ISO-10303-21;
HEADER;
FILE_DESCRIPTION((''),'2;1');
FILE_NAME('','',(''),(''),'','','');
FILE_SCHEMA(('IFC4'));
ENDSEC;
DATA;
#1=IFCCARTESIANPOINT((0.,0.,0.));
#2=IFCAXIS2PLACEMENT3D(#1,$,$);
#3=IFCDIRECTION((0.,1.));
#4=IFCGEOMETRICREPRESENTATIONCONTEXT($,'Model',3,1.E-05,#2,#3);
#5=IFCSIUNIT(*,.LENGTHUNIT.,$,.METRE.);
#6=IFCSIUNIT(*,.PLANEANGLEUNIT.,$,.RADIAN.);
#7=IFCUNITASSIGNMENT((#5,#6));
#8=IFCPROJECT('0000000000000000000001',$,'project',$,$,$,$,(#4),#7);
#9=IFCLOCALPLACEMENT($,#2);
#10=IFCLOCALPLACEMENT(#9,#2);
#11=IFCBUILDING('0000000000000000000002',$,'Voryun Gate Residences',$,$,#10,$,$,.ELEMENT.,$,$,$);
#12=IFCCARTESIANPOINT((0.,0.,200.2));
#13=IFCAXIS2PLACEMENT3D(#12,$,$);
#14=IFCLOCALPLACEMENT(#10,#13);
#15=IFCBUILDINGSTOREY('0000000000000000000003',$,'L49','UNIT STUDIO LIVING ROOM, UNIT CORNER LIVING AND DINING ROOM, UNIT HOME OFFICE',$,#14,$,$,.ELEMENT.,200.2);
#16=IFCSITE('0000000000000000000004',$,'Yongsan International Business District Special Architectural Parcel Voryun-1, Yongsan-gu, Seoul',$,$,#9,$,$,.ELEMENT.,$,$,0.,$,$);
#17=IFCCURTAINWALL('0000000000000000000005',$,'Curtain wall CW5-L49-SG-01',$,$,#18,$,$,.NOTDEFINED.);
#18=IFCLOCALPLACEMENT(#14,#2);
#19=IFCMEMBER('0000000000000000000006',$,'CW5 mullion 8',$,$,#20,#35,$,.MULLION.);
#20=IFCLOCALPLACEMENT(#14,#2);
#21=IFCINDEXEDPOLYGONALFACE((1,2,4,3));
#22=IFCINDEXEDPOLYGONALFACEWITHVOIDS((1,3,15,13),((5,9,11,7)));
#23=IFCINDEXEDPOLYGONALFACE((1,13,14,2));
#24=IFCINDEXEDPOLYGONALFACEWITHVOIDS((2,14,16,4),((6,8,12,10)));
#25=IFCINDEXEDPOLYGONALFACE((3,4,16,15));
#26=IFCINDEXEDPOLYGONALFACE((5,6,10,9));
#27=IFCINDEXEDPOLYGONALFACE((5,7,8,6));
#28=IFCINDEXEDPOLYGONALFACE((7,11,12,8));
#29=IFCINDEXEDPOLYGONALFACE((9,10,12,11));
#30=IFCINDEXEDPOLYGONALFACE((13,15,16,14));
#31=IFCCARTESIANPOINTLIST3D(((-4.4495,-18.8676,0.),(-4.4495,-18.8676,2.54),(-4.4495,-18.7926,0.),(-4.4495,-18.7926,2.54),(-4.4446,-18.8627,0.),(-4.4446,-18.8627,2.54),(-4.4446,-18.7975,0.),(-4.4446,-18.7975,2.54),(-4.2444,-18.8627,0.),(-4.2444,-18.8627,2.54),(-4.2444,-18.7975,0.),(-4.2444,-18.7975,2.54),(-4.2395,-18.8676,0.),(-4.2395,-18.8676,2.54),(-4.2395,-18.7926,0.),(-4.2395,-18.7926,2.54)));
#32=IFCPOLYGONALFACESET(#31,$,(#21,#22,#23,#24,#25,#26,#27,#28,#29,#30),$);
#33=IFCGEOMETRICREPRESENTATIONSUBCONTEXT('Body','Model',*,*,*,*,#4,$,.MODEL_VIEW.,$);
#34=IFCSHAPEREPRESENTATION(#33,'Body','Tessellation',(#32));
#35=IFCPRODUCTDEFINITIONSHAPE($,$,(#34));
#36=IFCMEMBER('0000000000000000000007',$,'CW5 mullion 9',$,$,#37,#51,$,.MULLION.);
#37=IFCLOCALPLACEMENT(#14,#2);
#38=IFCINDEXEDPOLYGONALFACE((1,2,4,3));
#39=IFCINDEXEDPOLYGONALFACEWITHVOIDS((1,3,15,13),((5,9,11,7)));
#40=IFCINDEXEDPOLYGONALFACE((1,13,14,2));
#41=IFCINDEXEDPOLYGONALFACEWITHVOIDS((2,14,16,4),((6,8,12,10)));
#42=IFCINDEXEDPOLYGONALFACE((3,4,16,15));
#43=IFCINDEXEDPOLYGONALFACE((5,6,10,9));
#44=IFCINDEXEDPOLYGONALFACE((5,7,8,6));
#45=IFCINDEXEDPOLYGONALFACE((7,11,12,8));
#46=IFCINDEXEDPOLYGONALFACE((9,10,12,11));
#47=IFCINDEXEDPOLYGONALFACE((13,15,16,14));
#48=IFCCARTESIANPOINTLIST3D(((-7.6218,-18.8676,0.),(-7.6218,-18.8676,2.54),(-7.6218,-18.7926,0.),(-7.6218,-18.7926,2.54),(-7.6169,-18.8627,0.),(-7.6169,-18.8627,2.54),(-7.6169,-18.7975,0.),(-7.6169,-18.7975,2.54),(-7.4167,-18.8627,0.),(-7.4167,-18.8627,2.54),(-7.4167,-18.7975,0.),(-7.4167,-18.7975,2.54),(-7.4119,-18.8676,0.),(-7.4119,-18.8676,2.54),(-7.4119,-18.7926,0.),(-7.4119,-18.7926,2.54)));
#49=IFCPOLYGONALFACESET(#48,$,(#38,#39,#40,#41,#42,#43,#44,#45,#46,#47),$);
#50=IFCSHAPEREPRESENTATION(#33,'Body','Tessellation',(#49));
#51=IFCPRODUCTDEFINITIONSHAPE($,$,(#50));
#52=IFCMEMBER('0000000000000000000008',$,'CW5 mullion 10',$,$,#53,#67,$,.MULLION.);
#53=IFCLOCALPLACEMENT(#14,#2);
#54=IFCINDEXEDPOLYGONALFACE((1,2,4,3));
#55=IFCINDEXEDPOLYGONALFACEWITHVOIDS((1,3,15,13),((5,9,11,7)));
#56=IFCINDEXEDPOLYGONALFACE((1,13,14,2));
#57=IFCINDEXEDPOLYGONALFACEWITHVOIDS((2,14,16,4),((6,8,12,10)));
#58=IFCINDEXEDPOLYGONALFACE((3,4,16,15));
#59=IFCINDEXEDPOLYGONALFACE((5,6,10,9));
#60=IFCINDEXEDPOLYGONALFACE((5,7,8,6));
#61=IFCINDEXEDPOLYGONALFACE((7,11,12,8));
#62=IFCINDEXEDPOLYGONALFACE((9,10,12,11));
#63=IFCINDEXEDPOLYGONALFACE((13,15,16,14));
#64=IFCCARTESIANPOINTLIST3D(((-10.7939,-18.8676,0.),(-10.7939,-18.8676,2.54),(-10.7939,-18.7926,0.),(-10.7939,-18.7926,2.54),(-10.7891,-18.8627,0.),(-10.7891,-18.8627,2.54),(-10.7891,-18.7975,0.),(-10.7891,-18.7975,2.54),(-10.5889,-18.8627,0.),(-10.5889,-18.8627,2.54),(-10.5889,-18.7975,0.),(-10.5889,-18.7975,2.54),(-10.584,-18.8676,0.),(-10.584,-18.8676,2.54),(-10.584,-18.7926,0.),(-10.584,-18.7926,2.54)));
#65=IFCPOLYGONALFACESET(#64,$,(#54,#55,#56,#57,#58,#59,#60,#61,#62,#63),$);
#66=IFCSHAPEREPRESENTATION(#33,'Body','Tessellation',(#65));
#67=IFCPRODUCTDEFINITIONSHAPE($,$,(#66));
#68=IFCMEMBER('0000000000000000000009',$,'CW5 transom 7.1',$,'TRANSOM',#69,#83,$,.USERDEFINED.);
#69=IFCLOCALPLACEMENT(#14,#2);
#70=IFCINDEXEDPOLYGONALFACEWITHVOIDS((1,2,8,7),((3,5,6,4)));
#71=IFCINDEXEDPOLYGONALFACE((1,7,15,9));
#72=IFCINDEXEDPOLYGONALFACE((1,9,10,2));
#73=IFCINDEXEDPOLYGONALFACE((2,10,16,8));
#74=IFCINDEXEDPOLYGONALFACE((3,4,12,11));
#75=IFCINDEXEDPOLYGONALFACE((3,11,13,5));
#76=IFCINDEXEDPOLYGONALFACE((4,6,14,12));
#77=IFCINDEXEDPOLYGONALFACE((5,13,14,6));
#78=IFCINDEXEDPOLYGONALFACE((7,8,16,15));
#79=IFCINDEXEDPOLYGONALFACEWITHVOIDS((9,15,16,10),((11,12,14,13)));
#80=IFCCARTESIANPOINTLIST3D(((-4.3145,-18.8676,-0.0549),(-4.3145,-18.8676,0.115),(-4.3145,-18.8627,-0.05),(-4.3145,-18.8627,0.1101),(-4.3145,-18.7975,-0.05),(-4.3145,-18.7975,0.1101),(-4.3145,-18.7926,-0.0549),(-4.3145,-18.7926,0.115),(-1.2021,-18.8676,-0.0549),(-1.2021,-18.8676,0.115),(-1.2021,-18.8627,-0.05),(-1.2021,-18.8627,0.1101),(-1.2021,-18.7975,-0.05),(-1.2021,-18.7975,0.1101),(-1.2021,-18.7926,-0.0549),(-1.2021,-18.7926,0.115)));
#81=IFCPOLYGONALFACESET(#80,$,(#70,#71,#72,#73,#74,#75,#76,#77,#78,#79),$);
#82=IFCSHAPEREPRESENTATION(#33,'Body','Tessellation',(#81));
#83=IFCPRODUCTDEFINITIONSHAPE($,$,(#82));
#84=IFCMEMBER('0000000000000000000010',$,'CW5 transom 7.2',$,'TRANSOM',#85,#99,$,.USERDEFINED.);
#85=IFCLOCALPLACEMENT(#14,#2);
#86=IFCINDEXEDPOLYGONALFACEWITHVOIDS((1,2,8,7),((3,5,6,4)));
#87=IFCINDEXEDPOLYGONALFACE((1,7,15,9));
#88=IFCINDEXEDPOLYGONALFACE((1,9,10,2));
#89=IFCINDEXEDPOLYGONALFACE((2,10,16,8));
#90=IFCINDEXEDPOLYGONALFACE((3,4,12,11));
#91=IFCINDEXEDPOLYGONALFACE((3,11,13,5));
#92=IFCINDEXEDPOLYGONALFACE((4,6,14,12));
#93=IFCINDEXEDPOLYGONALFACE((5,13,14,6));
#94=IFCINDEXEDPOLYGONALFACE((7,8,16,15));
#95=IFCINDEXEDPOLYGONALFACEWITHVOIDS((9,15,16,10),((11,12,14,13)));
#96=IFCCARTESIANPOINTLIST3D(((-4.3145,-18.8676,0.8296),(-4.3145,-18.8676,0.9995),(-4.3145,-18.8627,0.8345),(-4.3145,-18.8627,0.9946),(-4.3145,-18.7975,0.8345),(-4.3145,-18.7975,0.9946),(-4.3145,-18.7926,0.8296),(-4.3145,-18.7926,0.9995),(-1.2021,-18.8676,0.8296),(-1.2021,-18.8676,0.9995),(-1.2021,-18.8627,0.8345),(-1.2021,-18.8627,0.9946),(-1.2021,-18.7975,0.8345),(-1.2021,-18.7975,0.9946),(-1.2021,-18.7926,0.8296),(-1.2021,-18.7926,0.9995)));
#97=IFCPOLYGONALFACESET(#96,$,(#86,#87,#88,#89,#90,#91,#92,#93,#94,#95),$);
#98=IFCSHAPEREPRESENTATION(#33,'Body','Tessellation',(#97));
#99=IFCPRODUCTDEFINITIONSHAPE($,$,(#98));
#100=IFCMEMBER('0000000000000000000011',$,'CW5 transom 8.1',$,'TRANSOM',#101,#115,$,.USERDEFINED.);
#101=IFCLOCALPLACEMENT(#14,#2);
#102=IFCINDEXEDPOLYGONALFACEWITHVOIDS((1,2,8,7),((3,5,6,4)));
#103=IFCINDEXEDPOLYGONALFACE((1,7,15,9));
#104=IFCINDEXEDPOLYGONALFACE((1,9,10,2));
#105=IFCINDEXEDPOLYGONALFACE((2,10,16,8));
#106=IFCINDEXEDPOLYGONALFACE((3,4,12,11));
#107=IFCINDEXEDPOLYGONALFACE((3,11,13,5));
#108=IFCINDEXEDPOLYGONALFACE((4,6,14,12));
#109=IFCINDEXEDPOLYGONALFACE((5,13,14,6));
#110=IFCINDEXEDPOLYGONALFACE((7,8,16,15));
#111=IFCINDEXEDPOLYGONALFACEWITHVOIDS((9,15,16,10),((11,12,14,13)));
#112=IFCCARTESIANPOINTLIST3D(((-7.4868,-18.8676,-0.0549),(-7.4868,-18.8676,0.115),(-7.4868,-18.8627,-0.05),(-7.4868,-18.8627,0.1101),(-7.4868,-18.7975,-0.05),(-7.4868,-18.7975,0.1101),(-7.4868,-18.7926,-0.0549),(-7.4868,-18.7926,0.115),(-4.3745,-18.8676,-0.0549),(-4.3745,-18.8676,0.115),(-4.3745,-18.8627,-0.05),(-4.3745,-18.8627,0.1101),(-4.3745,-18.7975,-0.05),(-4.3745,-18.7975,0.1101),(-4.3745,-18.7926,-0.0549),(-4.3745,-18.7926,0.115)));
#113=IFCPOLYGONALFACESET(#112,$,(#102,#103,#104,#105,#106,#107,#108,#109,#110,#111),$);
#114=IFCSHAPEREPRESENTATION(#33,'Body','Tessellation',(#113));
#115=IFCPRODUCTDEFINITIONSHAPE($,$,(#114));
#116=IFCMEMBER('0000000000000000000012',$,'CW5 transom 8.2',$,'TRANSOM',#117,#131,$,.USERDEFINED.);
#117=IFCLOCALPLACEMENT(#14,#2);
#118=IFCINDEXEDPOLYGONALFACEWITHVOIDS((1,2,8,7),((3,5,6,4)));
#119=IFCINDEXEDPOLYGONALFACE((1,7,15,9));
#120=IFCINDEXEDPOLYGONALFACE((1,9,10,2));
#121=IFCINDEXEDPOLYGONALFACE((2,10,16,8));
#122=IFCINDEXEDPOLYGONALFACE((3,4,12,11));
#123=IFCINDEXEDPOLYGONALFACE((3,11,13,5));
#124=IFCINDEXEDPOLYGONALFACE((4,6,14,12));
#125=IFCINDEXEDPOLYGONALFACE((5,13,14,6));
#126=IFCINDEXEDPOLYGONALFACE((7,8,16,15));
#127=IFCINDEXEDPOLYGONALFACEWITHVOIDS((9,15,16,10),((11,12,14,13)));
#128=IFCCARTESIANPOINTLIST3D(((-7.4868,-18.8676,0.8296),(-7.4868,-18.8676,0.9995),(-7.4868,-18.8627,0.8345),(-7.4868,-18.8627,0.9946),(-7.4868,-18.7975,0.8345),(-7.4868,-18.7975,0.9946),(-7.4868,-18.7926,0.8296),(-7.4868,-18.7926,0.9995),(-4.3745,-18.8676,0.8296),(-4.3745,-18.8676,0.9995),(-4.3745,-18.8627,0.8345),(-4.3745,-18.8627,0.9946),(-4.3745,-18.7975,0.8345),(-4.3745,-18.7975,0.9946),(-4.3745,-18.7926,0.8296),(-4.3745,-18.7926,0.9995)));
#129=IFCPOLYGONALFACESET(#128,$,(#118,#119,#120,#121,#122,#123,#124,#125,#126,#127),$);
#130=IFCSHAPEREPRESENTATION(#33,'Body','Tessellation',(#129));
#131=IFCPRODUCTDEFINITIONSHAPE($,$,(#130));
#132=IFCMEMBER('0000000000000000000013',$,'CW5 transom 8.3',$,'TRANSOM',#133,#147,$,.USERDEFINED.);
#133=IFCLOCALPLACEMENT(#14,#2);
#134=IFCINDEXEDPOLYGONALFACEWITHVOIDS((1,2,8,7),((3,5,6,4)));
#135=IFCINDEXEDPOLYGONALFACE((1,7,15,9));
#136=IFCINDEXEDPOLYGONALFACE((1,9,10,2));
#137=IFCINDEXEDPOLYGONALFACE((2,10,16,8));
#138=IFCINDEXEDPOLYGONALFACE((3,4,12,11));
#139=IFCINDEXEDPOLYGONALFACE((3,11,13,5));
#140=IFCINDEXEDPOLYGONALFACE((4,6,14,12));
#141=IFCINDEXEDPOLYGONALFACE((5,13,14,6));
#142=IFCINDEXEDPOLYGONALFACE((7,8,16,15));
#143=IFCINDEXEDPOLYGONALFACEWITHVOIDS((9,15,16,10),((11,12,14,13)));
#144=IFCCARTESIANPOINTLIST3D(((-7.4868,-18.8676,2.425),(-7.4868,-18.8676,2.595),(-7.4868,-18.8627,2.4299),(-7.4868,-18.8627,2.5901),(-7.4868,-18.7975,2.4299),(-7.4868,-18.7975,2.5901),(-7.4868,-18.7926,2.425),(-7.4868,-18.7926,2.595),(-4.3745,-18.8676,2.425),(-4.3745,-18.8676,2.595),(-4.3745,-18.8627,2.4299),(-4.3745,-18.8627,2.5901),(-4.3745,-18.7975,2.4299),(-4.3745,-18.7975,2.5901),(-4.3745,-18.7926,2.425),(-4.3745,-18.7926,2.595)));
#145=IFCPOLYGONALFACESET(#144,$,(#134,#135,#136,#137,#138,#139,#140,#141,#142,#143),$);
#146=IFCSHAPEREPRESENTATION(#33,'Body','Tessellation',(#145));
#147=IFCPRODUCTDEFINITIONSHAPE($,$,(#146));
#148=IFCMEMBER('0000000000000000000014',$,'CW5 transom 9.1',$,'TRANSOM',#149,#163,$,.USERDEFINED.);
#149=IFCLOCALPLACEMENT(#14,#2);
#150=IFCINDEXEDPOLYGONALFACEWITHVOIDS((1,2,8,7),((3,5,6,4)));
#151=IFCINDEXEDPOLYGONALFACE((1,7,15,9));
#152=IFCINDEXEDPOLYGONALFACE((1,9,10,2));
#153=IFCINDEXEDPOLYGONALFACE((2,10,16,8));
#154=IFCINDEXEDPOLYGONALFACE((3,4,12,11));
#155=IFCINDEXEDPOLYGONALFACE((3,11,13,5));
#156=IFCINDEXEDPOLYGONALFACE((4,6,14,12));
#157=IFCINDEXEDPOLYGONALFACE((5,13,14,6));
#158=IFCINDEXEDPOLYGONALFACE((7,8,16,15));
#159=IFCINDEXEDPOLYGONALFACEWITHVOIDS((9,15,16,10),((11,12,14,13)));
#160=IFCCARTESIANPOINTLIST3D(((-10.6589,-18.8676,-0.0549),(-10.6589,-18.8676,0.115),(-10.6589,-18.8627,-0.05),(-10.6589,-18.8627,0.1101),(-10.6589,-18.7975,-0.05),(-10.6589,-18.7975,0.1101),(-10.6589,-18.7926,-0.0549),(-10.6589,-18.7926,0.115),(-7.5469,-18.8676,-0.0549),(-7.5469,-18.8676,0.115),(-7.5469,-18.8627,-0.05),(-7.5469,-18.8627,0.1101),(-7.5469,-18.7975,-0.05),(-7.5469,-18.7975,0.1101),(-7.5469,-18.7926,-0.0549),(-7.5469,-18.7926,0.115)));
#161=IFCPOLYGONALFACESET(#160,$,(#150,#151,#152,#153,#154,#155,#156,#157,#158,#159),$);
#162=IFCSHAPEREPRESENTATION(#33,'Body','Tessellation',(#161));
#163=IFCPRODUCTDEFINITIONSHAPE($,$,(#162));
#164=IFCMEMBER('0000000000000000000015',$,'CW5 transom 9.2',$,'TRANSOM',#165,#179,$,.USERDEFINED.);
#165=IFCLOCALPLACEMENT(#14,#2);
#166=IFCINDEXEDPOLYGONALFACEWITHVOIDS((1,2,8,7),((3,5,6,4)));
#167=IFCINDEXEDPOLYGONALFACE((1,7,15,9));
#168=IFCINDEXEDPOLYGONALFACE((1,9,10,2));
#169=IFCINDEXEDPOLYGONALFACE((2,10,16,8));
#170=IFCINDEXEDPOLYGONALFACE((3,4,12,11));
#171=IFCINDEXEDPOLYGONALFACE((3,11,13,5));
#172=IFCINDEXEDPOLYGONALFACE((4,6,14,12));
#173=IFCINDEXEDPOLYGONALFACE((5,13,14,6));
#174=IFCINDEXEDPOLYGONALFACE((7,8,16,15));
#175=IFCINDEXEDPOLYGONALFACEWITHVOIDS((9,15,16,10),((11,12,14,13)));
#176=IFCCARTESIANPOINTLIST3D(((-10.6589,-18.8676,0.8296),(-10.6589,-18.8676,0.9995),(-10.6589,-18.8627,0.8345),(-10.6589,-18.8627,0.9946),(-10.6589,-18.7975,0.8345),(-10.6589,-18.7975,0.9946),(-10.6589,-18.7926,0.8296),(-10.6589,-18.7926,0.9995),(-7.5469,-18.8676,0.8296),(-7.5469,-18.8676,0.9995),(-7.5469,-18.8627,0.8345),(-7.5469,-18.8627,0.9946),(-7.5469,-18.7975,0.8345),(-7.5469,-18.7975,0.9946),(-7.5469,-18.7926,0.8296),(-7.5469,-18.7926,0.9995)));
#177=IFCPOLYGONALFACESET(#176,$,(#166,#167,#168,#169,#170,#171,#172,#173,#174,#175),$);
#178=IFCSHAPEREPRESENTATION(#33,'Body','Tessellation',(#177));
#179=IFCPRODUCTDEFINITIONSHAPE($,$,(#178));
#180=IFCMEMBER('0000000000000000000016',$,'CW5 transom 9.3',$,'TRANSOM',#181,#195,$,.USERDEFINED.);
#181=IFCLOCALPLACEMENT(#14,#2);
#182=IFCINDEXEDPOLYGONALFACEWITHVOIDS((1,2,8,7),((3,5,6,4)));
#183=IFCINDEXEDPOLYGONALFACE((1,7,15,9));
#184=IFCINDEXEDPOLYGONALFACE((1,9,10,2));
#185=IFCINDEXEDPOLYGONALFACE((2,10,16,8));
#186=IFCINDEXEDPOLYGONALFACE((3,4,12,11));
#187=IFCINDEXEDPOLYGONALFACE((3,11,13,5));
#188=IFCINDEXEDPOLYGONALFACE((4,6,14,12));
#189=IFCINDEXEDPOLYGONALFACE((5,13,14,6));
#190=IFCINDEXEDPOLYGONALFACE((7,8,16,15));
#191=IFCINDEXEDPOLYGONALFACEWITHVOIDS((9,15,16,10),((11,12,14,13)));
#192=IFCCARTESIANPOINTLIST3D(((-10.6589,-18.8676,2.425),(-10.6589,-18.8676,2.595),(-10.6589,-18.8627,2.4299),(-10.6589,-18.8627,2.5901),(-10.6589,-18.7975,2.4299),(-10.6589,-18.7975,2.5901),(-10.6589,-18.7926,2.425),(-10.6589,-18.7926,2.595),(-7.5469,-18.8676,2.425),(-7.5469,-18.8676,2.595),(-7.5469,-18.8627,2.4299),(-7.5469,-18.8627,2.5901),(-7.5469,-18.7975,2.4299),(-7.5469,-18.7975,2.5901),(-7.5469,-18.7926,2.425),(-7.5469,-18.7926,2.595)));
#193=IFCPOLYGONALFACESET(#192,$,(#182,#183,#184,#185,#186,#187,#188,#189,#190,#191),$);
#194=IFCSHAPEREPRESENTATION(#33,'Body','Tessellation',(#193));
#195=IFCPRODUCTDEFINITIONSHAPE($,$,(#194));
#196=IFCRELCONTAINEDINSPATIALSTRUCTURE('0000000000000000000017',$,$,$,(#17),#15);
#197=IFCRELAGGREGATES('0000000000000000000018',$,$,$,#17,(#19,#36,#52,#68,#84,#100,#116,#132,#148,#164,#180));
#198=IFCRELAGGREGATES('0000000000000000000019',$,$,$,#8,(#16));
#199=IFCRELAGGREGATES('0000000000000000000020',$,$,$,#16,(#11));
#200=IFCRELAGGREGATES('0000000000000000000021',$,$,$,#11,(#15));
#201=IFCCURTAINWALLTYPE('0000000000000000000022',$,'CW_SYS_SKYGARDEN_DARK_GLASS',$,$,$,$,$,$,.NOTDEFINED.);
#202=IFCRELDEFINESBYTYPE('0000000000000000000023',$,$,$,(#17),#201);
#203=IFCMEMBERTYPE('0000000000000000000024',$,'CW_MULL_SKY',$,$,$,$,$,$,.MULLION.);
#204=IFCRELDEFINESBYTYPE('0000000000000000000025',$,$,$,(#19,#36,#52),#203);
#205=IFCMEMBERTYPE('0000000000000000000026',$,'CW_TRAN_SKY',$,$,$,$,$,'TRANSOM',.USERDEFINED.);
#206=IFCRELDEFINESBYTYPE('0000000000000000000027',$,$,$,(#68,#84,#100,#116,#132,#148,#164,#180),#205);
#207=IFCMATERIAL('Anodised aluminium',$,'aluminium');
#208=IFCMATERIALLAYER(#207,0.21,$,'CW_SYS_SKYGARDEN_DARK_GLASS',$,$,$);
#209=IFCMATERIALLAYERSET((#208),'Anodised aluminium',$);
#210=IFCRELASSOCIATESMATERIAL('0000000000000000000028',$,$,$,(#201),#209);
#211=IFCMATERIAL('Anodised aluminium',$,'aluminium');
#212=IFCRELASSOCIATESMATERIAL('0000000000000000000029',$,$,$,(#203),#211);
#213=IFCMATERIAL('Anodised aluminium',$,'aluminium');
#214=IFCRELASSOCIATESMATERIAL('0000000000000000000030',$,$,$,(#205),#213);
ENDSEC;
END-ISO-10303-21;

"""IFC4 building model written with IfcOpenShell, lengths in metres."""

from ifc_helpers import new_model, si_unit, direction, frame, origin, origin_2d, place, context, subcontext, project, spatial, hollow_rectangle, extrude, material, layer, layer_set, material_profile, profile_set, type_object, element, aggregate, save


model = new_model("IFC4")

# Units and contexts
model_context = context("Model", 3, precision=1e-05, world=origin(), true_north=direction((0.0, 1.0)))
body_context = subcontext(model_context, "Body", "Model", "MODEL_VIEW")
ifc_project = project(units=[si_unit("LENGTHUNIT", "METRE"), si_unit("PLANEANGLEUNIT", "RADIAN")], contexts=[model_context])

# Site, building, storey
site_placement = place(None, origin())
site = spatial("IfcSite", under=ifc_project, at=site_placement, Name="Yongsan International Business District Special Architectural Parcel Voryun-1, Yongsan-gu, Seoul", CompositionType="ELEMENT", RefElevation=0.0)
building_placement = place(site_placement, origin())
building = spatial("IfcBuilding", under=site, at=building_placement, Name="Voryun Gate Residences", CompositionType="ELEMENT")
storey_placement = place(building_placement, frame((0.0, 0.0, 200.2)))
storey = spatial("IfcBuildingStorey", under=building, at=storey_placement, Name="L49", Description="UNIT STUDIO LIVING ROOM, UNIT CORNER LIVING AND DINING ROOM, UNIT HOME OFFICE", CompositionType="ELEMENT", Elevation=200.2)

# Curtain wall, members
ifc_material_1 = material(Name="Anodised aluminium", Category="aluminium")
ifc_layer_1 = layer(ifc_material_1, 0.21, Name="CW_SYS_SKYGARDEN_DARK_GLASS")
ifc_layer_set_1 = layer_set([ifc_layer_1], Name="Anodised aluminium")
curtain_wall_type = type_object("IfcCurtainWallType", Name="CW_SYS_SKYGARDEN_DARK_GLASS", PredefinedType="NOTDEFINED", material=ifc_layer_set_1)
curtain_wall_placement = place(storey_placement, origin())
curtain_wall = element("IfcCurtainWall", 1, at=curtain_wall_placement, inside=storey, type_object=curtain_wall_type, Name="Curtain wall CW5-L49-SG-01", PredefinedType="NOTDEFINED")
ifc_material_2 = material(Name="Anodised aluminium", Category="aluminium")
ifc_material_profile_1 = material_profile(ifc_material_2, hollow_rectangle(XDim=0.075, YDim=0.21, WallThickness=0.0049, at=origin_2d()), Name="ALU-MULL-210x75x5")
ifc_profile_set_1 = profile_set([ifc_material_profile_1], Name="Anodised aluminium")
member_type_1 = type_object("IfcMemberType", Name="CW_MULL_SKY", PredefinedType="MULLION", material=ifc_profile_set_1)
member_1_placement = place(storey_placement, frame((-4.3445, -18.8301, 0.0), z_axis=(0.0, 0.0, 1.0), x_axis=(0.0, -1.0, 0.0)))
member_1 = element("IfcMember", 2, at=member_1_placement, type_object=member_type_1, Name="CW5 mullion 8", PredefinedType="MULLION", context=body_context, shape_type="SweptSolid", body=[
    extrude(hollow_rectangle(XDim=0.075, YDim=0.21, WallThickness=0.0049, at=origin_2d()), origin(), (0.0, 0.0, 1.0), 2.54),
])
member_2_placement = place(storey_placement, frame((-7.5168, -18.8301, 0.0), z_axis=(0.0, 0.0, 1.0), x_axis=(0.0, -1.0, 0.0)))
member_2 = element("IfcMember", 3, at=member_2_placement, type_object=member_type_1, Name="CW5 mullion 9", PredefinedType="MULLION", context=body_context, shape_type="SweptSolid", body=[
    extrude(hollow_rectangle(XDim=0.075, YDim=0.21, WallThickness=0.0049, at=origin_2d()), origin(), (0.0, 0.0, 1.0), 2.54),
])
member_3_placement = place(storey_placement, frame((-10.689, -18.8301, 0.0), z_axis=(0.0, 0.0, 1.0), x_axis=(0.0, -1.0, 0.0)))
member_3 = element("IfcMember", 4, at=member_3_placement, type_object=member_type_1, Name="CW5 mullion 10", PredefinedType="MULLION", context=body_context, shape_type="SweptSolid", body=[
    extrude(hollow_rectangle(XDim=0.075, YDim=0.21, WallThickness=0.0049, at=origin_2d()), origin(), (0.0, 0.0, 1.0), 2.54),
])
ifc_material_3 = material(Name="Anodised aluminium", Category="aluminium")
ifc_material_profile_2 = material_profile(ifc_material_3, hollow_rectangle(XDim=0.075, YDim=0.1699, WallThickness=0.0049, at=origin_2d()), Name="ALU-TRAN-170x75x5")
ifc_profile_set_2 = profile_set([ifc_material_profile_2], Name="Anodised aluminium")
member_type_2 = type_object("IfcMemberType", Name="CW_TRAN_SKY", ElementType="TRANSOM", PredefinedType="USERDEFINED", material=ifc_profile_set_2)
member_4_placement = place(storey_placement, frame((-1.2021, -18.8301, 0.03), z_axis=(-1.0, 0.0, 0.0), x_axis=(0.0, -1.0, 0.0)))
member_4 = element("IfcMember", 5, at=member_4_placement, type_object=member_type_2, Name="CW5 transom 7.1", ObjectType="TRANSOM", PredefinedType="USERDEFINED", context=body_context, shape_type="SweptSolid", body=[
    extrude(hollow_rectangle(XDim=0.075, YDim=0.1699, WallThickness=0.0049, at=origin_2d()), origin(), (0.0, 0.0, 1.0), 3.1123),
])
member_5_placement = place(storey_placement, frame((-1.2021, -18.8301, 0.9146), z_axis=(-1.0, 0.0, 0.0), x_axis=(0.0, -1.0, 0.0)))
member_5 = element("IfcMember", 6, at=member_5_placement, type_object=member_type_2, Name="CW5 transom 7.2", ObjectType="TRANSOM", PredefinedType="USERDEFINED", context=body_context, shape_type="SweptSolid", body=[
    extrude(hollow_rectangle(XDim=0.075, YDim=0.1699, WallThickness=0.0049, at=origin_2d()), origin(), (0.0, 0.0, 1.0), 3.1123),
])
member_6_placement = place(storey_placement, frame((-4.3745, -18.8301, 0.03), z_axis=(-1.0, 0.0, 0.0), x_axis=(0.0, -1.0, 0.0)))
member_6 = element("IfcMember", 7, at=member_6_placement, type_object=member_type_2, Name="CW5 transom 8.1", ObjectType="TRANSOM", PredefinedType="USERDEFINED", context=body_context, shape_type="SweptSolid", body=[
    extrude(hollow_rectangle(XDim=0.075, YDim=0.1699, WallThickness=0.0049, at=origin_2d()), origin(), (0.0, 0.0, 1.0), 3.1123),
])
member_7_placement = place(storey_placement, frame((-4.3745, -18.8301, 0.9146), z_axis=(-1.0, 0.0, 0.0), x_axis=(0.0, -1.0, 0.0)))
member_7 = element("IfcMember", 8, at=member_7_placement, type_object=member_type_2, Name="CW5 transom 8.2", ObjectType="TRANSOM", PredefinedType="USERDEFINED", context=body_context, shape_type="SweptSolid", body=[
    extrude(hollow_rectangle(XDim=0.075, YDim=0.1699, WallThickness=0.0049, at=origin_2d()), origin(), (0.0, 0.0, 1.0), 3.1123),
])
member_8_placement = place(storey_placement, frame((-4.3745, -18.8301, 2.51), z_axis=(-1.0, 0.0, 0.0), x_axis=(0.0, -1.0, 0.0)))
member_8 = element("IfcMember", 9, at=member_8_placement, type_object=member_type_2, Name="CW5 transom 8.3", ObjectType="TRANSOM", PredefinedType="USERDEFINED", context=body_context, shape_type="SweptSolid", body=[
    extrude(hollow_rectangle(XDim=0.075, YDim=0.1699, WallThickness=0.0049, at=origin_2d()), origin(), (0.0, 0.0, 1.0), 3.1123),
])
member_9_placement = place(storey_placement, frame((-7.5469, -18.8301, 0.03), z_axis=(-1.0, 0.0, 0.0), x_axis=(0.0, -1.0, 0.0)))
member_9 = element("IfcMember", 10, at=member_9_placement, type_object=member_type_2, Name="CW5 transom 9.1", ObjectType="TRANSOM", PredefinedType="USERDEFINED", context=body_context, shape_type="SweptSolid", body=[
    extrude(hollow_rectangle(XDim=0.075, YDim=0.1699, WallThickness=0.0049, at=origin_2d()), origin(), (0.0, 0.0, 1.0), 3.1121),
])
member_10_placement = place(storey_placement, frame((-7.5469, -18.8301, 0.9146), z_axis=(-1.0, 0.0, 0.0), x_axis=(0.0, -1.0, 0.0)))
member_10 = element("IfcMember", 11, at=member_10_placement, type_object=member_type_2, Name="CW5 transom 9.2", ObjectType="TRANSOM", PredefinedType="USERDEFINED", context=body_context, shape_type="SweptSolid", body=[
    extrude(hollow_rectangle(XDim=0.075, YDim=0.1699, WallThickness=0.0049, at=origin_2d()), origin(), (0.0, 0.0, 1.0), 3.1121),
])
member_11_placement = place(storey_placement, frame((-7.5469, -18.8301, 2.51), z_axis=(-1.0, 0.0, 0.0), x_axis=(0.0, -1.0, 0.0)))
member_11 = element("IfcMember", 12, at=member_11_placement, type_object=member_type_2, Name="CW5 transom 9.3", ObjectType="TRANSOM", PredefinedType="USERDEFINED", context=body_context, shape_type="SweptSolid", body=[
    extrude(hollow_rectangle(XDim=0.075, YDim=0.1699, WallThickness=0.0049, at=origin_2d()), origin(), (0.0, 0.0, 1.0), 3.1121),
])
aggregate(curtain_wall, [member_1, member_2, member_3, member_4, member_5, member_6, member_7, member_8, member_9, member_10, member_11])

save(model, "model.ifc")
